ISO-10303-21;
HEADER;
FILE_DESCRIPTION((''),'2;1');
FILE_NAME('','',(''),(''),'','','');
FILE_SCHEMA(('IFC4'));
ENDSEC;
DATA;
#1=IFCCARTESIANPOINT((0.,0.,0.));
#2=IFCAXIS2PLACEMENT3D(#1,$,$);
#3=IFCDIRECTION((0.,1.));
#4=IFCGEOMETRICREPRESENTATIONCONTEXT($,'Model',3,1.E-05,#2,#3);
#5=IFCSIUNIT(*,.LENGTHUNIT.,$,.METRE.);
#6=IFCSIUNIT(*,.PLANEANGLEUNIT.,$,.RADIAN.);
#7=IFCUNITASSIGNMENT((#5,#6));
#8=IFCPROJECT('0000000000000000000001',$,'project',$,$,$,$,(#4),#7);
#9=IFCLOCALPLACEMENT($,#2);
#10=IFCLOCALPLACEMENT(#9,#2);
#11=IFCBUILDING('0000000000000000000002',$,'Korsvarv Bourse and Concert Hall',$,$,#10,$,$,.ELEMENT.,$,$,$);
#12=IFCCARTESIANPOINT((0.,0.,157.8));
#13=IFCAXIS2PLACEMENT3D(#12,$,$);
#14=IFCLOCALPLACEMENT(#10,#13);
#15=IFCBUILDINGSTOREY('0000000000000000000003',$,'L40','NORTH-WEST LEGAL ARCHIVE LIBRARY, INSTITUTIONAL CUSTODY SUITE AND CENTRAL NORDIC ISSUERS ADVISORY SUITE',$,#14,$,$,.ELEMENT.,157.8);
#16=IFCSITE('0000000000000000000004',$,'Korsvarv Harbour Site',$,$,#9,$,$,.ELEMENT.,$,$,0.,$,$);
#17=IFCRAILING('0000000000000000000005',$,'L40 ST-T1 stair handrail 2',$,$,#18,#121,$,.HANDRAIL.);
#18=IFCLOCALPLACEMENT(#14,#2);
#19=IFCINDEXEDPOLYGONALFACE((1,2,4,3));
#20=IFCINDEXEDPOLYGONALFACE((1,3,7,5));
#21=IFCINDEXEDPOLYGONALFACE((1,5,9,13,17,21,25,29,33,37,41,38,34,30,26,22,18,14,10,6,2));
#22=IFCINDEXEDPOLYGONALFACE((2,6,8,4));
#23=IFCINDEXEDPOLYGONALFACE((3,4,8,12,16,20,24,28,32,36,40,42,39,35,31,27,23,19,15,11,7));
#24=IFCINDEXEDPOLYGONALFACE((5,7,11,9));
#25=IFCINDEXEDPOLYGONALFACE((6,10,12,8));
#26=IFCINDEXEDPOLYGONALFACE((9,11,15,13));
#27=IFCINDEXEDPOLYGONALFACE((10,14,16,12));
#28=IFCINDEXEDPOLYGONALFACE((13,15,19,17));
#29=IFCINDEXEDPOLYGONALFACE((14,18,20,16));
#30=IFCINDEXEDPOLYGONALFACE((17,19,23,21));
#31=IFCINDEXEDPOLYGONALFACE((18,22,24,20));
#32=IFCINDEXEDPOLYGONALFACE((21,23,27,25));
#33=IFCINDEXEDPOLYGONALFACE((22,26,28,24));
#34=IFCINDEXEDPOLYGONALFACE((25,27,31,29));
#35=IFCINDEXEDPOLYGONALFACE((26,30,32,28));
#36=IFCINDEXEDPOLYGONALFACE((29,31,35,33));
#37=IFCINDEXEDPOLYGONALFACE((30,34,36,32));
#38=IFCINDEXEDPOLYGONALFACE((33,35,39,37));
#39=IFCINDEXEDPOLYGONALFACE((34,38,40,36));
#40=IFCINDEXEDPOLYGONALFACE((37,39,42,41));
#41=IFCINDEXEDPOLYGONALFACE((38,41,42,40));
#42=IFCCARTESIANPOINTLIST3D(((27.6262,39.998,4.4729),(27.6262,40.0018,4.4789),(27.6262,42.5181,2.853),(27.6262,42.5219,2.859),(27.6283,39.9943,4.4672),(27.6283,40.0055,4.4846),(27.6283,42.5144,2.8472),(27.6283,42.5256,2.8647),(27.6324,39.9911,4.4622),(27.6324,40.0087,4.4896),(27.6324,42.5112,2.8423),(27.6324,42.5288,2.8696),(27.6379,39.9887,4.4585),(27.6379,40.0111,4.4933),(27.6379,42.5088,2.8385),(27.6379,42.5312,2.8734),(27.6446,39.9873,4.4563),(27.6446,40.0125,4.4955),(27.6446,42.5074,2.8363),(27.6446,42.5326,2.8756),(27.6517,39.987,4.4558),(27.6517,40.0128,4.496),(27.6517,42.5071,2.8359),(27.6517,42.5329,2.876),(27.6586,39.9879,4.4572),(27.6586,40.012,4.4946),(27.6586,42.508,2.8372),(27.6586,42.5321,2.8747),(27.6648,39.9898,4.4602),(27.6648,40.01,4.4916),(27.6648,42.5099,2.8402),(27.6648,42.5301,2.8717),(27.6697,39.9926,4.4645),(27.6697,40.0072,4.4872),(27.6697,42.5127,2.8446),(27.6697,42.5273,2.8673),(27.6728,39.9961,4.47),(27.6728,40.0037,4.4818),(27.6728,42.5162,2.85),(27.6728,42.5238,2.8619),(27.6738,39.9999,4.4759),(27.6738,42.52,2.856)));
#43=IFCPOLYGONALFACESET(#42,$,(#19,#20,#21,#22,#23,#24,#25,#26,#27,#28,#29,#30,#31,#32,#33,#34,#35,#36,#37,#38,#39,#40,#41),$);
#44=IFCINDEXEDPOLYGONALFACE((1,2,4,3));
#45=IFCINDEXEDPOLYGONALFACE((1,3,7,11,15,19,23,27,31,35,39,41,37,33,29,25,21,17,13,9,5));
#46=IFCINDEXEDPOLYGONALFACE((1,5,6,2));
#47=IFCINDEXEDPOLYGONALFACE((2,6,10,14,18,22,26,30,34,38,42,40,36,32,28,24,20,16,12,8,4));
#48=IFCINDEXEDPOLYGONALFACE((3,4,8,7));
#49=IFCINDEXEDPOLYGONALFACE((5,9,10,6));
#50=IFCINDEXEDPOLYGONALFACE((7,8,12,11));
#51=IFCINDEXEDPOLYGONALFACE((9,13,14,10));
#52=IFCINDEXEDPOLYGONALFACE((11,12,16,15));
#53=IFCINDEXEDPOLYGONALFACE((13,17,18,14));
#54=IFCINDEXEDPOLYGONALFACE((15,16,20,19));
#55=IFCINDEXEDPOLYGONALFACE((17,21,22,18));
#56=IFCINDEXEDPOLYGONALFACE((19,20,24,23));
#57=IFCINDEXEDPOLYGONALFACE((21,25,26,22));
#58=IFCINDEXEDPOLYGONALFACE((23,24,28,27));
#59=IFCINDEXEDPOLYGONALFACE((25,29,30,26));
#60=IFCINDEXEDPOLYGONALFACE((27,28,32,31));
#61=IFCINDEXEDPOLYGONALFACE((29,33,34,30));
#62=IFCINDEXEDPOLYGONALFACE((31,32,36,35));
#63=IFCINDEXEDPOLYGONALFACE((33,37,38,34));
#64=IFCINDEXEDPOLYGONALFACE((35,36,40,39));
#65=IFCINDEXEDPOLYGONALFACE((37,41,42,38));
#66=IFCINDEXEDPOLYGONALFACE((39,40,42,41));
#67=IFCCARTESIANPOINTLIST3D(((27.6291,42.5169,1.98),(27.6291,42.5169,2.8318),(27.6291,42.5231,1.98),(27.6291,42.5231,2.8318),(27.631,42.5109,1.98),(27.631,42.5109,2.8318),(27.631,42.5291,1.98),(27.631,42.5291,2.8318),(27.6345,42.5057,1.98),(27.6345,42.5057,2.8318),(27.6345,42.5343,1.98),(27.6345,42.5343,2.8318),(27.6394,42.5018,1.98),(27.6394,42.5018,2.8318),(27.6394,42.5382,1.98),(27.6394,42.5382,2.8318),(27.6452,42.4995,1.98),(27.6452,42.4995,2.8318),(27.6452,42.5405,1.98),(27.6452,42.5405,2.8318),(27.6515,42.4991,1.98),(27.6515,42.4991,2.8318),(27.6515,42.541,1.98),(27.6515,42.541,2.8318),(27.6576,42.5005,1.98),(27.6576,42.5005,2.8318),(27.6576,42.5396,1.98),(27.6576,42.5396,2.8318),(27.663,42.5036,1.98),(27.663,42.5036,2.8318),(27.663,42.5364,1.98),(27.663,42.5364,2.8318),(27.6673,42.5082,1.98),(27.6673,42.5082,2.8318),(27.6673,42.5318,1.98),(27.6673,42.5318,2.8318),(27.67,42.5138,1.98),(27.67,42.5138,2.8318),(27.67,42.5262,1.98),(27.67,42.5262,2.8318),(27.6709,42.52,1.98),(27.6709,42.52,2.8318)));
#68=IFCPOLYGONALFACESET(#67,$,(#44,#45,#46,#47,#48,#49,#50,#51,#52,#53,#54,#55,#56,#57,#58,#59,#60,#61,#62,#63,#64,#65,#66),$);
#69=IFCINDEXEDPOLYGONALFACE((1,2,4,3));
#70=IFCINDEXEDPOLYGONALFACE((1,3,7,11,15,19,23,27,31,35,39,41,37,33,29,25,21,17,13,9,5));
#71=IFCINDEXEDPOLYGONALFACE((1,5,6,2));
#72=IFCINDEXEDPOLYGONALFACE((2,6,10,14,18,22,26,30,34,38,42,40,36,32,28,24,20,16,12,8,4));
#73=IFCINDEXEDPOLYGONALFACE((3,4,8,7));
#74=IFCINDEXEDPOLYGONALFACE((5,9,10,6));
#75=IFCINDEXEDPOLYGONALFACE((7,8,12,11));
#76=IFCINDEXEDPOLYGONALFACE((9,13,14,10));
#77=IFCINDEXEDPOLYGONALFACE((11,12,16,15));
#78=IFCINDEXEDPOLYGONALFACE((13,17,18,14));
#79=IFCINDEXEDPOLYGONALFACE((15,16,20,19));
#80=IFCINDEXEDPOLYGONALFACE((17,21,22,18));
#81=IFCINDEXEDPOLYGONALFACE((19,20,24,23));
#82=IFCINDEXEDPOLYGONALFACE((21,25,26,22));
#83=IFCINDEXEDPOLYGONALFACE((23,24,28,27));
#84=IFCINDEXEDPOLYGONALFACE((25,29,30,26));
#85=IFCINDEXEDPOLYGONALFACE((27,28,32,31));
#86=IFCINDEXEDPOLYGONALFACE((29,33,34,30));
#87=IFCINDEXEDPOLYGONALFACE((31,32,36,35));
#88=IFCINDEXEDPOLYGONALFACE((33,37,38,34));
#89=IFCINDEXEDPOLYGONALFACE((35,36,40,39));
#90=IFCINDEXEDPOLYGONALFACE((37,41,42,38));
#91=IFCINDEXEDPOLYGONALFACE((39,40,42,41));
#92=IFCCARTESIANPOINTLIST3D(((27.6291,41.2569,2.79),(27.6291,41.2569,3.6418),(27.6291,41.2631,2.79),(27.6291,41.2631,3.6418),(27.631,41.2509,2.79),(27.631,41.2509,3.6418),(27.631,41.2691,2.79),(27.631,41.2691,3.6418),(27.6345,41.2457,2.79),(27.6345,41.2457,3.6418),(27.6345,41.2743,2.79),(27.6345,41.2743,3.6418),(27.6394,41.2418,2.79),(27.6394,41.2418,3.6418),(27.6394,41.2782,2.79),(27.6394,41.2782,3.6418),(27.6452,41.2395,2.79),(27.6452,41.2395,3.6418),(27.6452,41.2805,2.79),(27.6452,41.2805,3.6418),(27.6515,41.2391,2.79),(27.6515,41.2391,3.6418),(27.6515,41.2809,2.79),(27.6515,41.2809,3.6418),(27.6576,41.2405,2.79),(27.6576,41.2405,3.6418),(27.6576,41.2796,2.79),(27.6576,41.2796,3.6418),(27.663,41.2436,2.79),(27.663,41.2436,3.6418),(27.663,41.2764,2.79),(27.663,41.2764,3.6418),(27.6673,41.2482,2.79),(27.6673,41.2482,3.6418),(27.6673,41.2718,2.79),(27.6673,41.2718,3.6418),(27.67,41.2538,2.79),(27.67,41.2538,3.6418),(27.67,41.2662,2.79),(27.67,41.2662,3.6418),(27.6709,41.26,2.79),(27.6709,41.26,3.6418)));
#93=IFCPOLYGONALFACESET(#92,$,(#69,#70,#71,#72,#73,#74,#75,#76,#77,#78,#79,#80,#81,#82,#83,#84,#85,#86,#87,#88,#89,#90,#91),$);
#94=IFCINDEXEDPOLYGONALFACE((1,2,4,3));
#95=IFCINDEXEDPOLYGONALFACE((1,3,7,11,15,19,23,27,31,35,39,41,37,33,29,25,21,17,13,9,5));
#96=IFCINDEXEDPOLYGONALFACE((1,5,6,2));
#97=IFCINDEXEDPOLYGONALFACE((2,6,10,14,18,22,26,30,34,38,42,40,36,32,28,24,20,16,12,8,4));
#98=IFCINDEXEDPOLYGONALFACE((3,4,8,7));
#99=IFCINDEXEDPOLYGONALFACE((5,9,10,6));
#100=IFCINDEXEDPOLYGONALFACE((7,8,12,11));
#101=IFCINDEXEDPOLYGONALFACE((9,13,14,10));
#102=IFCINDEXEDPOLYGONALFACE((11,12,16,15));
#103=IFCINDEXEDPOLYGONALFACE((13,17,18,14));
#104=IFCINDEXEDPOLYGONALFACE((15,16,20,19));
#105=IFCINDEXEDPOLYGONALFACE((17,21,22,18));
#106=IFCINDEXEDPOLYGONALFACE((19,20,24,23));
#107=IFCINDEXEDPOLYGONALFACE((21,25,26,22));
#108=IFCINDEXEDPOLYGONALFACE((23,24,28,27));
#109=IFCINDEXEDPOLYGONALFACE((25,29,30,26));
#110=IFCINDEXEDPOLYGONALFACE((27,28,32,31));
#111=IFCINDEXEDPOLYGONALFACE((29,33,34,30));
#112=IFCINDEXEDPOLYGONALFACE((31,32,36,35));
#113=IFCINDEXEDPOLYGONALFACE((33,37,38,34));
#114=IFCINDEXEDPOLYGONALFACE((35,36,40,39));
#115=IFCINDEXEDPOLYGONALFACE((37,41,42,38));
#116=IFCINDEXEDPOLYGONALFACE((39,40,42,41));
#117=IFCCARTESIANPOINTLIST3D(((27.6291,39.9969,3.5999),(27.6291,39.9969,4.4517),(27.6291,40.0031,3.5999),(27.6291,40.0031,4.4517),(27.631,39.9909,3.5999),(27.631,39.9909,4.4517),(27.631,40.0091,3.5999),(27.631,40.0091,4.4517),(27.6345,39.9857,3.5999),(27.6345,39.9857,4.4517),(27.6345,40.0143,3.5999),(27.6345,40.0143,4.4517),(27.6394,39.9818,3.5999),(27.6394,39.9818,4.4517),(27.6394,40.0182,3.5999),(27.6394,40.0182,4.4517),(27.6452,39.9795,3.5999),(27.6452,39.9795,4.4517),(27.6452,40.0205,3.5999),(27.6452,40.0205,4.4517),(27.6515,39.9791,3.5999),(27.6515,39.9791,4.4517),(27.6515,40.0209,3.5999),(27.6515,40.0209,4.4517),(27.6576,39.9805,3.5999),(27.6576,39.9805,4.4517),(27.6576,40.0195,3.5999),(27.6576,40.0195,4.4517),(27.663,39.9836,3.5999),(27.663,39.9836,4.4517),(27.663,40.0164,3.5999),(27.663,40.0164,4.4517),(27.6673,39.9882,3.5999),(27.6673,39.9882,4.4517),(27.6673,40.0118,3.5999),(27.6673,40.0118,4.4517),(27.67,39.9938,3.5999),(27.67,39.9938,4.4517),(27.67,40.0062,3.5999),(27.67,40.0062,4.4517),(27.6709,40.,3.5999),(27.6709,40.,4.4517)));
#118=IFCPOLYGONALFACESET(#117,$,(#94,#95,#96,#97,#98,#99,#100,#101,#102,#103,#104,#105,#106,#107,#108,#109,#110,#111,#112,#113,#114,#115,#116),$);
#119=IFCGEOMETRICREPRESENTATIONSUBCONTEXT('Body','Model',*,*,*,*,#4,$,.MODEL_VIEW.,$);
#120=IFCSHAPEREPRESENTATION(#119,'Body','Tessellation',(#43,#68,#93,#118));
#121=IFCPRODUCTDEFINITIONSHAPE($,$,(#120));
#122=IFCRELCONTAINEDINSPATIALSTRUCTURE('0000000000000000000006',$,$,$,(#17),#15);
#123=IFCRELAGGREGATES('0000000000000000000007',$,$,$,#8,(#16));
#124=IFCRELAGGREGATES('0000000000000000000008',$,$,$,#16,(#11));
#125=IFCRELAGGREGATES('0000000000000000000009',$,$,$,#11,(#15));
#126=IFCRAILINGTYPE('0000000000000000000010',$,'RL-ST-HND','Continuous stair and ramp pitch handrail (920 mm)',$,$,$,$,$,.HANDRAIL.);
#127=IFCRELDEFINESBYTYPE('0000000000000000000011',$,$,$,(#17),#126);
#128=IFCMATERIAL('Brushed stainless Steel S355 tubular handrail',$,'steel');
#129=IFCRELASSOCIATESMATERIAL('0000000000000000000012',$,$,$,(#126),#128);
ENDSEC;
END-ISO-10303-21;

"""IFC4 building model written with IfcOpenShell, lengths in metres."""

from ifc_helpers import new_model, si_unit, direction, frame, origin, origin_2d, place, context, subcontext, project, spatial, circle, extrude, material, type_object, element, save


model = new_model("IFC4")

# Units and contexts
model_context = context("Model", 3, precision=1e-05, world=origin(), true_north=direction((0.0, 1.0)))
body_context = subcontext(model_context, "Body", "Model", "MODEL_VIEW")
ifc_project = project(units=[si_unit("LENGTHUNIT", "METRE"), si_unit("PLANEANGLEUNIT", "RADIAN")], contexts=[model_context])

# Site, building, storey
site_placement = place(None, origin())
site = spatial("IfcSite", under=ifc_project, at=site_placement, Name="Korsvarv Harbour Site", CompositionType="ELEMENT", RefElevation=0.0)
building_placement = place(site_placement, origin())
building = spatial("IfcBuilding", under=site, at=building_placement, Name="Korsvarv Bourse and Concert Hall", CompositionType="ELEMENT")
storey_placement = place(building_placement, frame((0.0, 0.0, 157.8)))
storey = spatial("IfcBuildingStorey", under=building, at=storey_placement, Name="L40", Description="NORTH-WEST LEGAL ARCHIVE LIBRARY, INSTITUTIONAL CUSTODY SUITE AND CENTRAL NORDIC ISSUERS ADVISORY SUITE", CompositionType="ELEMENT", Elevation=157.8)

# Railing
ifc_material_1 = material(Name="Brushed stainless Steel S355 tubular handrail", Category="steel")
railing_type_1 = type_object("IfcRailingType", Name="RL-ST-HND", Description="Continuous stair and ramp pitch handrail (920 mm)", PredefinedType="HANDRAIL", material=ifc_material_1)
railing_1_placement = place(storey_placement, frame((27.6499, 42.52, 1.98)))
element("IfcRailing", 1, at=railing_1_placement, inside=storey, type_object=railing_type_1, Name="L40 ST-T1 stair handrail 2", PredefinedType="HANDRAIL", context=body_context, shape_type="SweptSolid", body=[
    extrude(circle(Radius=0.0239, at=origin_2d()), frame((0.0, 0.0, 0.876), z_axis=(0.0, -0.8412, 0.540725), x_axis=(1.0, 0.0, 0.0)), (0.0, 0.0, 1.0), 2.9958),
    extrude(circle(Radius=0.021, at=origin_2d()), origin(), (0.0, 0.0, 1.0), 0.8518),
    extrude(circle(Radius=0.021, at=origin_2d()), frame((0.0, -1.26, 0.8101)), (0.0, 0.0, 1.0), 0.8518),
    extrude(circle(Radius=0.021, at=origin_2d()), frame((0.0, -2.52, 1.6199)), (0.0, 0.0, 1.0), 0.8518),
])

save(model, "model.ifc")
